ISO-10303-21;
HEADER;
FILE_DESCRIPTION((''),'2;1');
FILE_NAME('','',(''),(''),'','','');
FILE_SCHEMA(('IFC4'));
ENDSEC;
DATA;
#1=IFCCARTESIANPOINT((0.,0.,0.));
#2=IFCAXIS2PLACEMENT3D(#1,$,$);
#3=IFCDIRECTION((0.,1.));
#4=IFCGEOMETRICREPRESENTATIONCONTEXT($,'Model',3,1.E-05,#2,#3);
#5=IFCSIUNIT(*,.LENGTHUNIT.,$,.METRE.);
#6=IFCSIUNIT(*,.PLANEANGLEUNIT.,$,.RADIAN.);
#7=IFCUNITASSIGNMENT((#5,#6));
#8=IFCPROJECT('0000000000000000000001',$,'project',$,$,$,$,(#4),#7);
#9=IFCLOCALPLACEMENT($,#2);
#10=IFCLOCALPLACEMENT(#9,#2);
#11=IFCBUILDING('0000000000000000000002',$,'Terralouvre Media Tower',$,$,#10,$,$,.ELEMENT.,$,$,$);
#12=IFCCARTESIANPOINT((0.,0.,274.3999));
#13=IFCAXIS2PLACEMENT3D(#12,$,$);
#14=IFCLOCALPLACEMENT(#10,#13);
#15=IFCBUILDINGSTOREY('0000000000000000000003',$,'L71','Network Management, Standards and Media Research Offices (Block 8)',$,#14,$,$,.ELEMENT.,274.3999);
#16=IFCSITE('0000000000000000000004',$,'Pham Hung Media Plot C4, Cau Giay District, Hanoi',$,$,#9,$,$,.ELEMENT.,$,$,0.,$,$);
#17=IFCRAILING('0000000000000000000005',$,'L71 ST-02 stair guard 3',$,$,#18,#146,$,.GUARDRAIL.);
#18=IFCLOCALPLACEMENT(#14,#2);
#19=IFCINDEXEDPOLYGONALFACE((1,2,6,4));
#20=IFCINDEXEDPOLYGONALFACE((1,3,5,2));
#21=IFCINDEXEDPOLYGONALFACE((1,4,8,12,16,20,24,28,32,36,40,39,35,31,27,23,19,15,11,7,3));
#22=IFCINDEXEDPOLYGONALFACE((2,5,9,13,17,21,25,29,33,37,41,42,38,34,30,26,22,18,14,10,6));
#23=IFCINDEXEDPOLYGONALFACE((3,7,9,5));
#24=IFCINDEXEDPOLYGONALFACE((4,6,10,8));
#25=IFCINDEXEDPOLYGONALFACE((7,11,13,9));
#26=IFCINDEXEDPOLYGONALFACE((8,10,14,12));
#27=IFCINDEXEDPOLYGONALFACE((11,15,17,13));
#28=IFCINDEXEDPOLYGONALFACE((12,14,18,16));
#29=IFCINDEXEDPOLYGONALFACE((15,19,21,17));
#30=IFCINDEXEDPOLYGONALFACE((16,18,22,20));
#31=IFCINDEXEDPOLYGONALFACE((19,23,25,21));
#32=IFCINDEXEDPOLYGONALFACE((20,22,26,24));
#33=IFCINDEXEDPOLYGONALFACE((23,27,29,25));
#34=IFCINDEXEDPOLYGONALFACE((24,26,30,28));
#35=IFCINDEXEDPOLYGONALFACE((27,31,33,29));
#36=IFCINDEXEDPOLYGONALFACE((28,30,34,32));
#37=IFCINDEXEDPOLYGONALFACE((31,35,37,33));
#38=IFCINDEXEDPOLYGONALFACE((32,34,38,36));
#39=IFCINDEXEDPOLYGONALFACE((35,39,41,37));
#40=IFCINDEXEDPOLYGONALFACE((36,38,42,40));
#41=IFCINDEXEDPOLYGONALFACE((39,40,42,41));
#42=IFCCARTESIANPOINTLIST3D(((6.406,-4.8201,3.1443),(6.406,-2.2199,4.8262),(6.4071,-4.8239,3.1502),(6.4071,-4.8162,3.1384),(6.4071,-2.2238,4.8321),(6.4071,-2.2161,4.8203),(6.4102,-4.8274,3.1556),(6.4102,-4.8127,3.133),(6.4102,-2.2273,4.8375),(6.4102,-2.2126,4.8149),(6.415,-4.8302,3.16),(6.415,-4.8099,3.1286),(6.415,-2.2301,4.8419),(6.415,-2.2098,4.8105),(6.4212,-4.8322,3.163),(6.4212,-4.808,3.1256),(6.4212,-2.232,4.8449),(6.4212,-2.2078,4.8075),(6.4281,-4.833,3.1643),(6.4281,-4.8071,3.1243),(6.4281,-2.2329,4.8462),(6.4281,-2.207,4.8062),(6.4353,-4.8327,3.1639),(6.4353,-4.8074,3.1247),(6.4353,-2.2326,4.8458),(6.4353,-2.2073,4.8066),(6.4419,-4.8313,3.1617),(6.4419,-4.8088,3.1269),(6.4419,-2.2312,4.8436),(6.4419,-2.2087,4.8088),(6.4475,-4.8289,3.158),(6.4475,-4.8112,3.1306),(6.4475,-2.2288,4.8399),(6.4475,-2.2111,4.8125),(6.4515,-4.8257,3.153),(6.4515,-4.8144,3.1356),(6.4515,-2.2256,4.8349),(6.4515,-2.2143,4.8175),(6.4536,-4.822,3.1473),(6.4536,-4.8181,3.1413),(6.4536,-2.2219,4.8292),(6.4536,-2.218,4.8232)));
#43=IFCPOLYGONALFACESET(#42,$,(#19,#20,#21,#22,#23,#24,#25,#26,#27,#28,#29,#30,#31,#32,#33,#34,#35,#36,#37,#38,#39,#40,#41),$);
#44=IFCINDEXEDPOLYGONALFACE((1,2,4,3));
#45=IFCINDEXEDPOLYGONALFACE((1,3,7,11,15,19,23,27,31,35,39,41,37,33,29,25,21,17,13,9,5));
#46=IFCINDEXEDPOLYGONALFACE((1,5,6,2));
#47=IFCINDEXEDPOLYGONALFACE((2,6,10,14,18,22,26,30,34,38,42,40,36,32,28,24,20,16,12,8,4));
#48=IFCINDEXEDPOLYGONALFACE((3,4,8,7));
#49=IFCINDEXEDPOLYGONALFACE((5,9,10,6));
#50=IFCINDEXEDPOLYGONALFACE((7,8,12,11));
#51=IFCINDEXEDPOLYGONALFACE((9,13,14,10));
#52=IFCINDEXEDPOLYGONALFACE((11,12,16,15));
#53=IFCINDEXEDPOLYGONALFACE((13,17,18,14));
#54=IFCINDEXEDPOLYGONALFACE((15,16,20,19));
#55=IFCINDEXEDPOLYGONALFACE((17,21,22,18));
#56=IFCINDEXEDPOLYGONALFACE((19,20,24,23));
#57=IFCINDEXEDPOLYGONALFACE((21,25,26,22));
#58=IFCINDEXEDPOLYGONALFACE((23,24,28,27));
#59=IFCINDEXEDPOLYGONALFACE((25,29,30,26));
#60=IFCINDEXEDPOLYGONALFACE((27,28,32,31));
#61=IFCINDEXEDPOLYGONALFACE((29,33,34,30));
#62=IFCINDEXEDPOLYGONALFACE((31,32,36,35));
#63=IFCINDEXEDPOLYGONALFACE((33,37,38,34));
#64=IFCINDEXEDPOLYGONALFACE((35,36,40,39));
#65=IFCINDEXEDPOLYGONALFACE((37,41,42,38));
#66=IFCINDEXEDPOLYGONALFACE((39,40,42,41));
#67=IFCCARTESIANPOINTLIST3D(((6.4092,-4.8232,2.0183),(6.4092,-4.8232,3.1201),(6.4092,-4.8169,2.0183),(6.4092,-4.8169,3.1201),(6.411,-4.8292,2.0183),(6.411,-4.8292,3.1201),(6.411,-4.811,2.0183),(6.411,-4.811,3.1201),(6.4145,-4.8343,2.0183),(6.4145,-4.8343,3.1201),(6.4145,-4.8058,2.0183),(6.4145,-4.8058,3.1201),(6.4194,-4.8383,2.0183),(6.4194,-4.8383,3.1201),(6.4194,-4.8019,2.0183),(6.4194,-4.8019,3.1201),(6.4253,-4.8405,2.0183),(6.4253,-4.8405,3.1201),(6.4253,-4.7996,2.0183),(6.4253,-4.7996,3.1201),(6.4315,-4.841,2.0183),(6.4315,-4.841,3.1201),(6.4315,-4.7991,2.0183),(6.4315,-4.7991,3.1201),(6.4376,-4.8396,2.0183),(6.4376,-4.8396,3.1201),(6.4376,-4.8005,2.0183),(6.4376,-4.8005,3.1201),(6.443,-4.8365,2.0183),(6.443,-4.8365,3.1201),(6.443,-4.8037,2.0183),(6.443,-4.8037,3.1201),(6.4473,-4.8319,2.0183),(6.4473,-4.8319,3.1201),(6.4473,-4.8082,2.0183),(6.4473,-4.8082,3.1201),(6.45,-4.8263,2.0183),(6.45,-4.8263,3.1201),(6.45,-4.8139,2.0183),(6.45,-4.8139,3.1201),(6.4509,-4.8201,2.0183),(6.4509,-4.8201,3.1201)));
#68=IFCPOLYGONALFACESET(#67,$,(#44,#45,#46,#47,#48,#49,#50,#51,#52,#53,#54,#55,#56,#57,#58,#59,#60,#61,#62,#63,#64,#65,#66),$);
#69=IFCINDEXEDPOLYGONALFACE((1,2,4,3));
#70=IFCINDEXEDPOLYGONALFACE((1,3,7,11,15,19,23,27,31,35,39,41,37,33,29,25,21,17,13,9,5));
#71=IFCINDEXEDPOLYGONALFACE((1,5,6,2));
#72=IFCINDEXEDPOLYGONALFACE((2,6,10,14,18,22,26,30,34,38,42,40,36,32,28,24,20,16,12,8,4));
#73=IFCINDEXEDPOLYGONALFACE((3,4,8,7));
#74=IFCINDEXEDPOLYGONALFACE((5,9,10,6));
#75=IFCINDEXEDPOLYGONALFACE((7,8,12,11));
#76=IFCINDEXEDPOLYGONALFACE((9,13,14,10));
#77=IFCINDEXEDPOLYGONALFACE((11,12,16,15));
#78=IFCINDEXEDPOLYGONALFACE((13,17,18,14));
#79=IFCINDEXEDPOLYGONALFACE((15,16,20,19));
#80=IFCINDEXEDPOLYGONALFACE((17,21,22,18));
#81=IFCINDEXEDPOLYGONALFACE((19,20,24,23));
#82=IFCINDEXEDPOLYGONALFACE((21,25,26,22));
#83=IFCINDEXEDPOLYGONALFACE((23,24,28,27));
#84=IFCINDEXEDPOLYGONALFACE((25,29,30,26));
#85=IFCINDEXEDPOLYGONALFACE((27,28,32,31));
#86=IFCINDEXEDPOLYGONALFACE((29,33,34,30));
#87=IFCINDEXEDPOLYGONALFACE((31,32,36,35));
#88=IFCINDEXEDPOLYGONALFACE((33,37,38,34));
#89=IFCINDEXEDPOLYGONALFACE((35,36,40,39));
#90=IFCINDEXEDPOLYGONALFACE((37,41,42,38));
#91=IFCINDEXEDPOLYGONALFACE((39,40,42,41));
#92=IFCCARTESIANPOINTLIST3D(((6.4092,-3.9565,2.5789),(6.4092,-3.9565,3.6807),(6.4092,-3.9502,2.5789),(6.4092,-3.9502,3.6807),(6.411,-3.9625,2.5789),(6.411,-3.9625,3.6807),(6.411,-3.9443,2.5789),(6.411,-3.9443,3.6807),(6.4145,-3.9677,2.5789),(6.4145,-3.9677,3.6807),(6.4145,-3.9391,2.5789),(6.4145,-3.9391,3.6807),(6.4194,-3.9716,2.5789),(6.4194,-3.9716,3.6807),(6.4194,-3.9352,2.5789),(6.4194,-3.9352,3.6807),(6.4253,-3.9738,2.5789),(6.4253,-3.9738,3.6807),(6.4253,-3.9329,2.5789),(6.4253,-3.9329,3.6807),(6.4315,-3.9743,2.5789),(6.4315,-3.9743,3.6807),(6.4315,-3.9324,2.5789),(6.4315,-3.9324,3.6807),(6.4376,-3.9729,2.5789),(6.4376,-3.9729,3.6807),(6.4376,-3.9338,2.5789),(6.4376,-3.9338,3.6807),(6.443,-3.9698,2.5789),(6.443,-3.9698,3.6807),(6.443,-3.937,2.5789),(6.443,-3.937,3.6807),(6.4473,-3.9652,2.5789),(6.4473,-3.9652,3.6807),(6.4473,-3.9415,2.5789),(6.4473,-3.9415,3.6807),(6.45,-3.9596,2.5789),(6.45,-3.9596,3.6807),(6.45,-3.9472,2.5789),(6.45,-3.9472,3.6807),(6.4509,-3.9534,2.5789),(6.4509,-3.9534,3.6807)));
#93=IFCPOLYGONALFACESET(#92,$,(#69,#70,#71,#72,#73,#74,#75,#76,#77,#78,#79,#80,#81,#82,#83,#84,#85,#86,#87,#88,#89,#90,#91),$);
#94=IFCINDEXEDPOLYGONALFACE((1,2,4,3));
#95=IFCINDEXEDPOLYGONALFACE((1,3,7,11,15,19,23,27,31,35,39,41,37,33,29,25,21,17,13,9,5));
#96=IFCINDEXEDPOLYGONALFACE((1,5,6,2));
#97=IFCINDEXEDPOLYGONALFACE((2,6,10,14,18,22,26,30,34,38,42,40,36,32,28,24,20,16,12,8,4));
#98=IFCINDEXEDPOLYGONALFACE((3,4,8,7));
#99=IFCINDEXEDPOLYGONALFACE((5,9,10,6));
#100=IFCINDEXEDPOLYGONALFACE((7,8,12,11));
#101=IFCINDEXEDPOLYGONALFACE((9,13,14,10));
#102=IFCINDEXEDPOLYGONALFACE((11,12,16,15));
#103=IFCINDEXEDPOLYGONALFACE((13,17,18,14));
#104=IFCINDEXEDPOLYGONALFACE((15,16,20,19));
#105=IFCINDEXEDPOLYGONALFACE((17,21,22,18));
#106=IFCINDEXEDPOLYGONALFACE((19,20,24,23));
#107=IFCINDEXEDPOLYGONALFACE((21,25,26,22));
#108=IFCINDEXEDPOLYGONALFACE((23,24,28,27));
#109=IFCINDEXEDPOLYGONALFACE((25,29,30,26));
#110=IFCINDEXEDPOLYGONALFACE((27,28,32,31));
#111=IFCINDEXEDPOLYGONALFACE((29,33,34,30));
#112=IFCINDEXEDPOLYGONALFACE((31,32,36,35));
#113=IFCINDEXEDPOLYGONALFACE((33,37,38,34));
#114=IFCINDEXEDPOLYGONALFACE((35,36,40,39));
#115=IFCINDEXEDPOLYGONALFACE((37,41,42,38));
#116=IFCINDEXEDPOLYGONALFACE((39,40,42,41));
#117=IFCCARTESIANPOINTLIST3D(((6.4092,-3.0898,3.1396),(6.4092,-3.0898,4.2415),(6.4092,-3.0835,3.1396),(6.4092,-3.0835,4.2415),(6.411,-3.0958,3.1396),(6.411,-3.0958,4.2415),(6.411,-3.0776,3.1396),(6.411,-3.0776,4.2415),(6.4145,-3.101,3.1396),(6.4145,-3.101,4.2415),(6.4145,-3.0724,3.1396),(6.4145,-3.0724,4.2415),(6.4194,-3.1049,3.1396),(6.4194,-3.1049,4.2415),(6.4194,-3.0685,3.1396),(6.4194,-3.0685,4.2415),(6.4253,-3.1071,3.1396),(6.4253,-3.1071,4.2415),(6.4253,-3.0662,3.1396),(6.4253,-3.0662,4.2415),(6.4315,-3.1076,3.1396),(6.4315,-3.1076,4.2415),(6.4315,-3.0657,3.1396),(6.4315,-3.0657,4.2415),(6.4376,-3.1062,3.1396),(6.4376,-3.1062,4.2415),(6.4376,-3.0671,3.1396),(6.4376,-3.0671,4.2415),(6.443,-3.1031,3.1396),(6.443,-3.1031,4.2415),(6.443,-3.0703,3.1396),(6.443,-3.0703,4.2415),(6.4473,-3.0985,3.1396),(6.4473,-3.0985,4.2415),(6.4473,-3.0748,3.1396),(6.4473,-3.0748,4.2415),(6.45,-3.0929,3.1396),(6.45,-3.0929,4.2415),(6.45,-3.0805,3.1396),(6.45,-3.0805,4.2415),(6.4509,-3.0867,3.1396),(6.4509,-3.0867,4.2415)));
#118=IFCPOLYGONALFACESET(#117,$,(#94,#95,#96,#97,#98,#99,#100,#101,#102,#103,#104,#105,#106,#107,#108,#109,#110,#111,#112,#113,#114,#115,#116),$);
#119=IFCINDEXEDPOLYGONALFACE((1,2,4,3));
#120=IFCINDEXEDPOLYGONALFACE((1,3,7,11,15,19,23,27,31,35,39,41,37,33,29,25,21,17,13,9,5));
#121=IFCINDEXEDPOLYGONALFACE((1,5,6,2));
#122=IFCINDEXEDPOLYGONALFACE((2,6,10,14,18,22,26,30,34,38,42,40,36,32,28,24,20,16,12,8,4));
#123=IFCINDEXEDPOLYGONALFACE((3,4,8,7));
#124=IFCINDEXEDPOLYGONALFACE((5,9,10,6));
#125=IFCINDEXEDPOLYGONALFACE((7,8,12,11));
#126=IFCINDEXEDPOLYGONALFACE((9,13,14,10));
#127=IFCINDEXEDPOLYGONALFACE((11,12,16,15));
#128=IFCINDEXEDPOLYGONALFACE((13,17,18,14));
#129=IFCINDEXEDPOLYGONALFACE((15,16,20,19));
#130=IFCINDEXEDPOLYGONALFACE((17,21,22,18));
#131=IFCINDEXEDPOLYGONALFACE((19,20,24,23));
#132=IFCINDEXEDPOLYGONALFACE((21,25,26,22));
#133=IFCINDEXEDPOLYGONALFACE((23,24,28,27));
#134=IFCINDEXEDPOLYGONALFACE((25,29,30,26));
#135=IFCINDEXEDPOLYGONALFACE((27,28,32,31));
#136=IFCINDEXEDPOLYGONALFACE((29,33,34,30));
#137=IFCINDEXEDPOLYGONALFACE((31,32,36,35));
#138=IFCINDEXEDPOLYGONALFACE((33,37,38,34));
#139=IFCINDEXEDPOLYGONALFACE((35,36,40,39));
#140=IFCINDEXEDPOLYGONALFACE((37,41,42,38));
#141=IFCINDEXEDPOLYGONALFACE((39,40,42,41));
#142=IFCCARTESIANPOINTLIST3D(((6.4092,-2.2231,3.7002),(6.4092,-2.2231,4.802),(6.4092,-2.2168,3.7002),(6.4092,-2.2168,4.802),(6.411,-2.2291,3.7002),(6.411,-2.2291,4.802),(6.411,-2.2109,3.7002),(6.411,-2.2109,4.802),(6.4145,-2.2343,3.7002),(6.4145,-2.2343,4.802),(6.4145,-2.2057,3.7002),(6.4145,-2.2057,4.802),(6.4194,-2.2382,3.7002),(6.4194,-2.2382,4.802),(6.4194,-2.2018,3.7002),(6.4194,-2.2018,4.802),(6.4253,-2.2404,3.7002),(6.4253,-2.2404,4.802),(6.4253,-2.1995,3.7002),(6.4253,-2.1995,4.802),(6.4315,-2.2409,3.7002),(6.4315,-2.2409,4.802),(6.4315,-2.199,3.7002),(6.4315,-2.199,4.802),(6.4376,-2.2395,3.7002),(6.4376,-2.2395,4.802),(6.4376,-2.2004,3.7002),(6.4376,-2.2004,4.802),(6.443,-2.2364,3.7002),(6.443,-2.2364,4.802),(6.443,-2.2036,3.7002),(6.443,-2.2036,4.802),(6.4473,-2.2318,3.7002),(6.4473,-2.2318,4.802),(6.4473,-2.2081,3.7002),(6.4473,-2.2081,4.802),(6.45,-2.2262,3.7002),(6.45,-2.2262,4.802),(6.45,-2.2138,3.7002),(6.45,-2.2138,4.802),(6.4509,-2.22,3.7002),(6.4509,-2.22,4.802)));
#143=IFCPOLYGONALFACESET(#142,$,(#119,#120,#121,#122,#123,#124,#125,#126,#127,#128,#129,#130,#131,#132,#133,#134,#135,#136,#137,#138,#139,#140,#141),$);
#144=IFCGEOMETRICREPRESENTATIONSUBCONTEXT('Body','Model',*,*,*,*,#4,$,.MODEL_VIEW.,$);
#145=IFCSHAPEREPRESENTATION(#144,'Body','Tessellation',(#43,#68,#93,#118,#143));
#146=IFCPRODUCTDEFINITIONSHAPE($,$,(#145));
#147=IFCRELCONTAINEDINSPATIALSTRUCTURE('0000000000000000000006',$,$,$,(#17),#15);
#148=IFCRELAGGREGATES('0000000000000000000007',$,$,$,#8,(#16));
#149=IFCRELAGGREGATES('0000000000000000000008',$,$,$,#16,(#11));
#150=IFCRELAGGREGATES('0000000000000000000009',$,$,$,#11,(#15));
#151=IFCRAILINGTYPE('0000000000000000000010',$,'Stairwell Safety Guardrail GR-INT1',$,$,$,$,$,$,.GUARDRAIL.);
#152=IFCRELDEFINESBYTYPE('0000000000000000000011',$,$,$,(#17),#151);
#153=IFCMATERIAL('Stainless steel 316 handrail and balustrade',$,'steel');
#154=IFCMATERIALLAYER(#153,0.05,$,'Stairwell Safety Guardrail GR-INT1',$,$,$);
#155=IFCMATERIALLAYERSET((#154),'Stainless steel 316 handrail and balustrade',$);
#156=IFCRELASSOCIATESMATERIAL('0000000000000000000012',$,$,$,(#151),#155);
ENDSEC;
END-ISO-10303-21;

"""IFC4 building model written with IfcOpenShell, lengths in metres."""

from ifc_helpers import new_model, si_unit, direction, frame, origin, origin_2d, place, context, subcontext, project, spatial, circle, extrude, material, layer, layer_set, type_object, element, save


model = new_model("IFC4")

# Units and contexts
model_context = context("Model", 3, precision=1e-05, world=origin(), true_north=direction((0.0, 1.0)))
body_context = subcontext(model_context, "Body", "Model", "MODEL_VIEW")
ifc_project = project(units=[si_unit("LENGTHUNIT", "METRE"), si_unit("PLANEANGLEUNIT", "RADIAN")], contexts=[model_context])

# Site, building, storey
site_placement = place(None, origin())
site = spatial("IfcSite", under=ifc_project, at=site_placement, Name="Pham Hung Media Plot C4, Cau Giay District, Hanoi", CompositionType="ELEMENT", RefElevation=0.0)
building_placement = place(site_placement, origin())
building = spatial("IfcBuilding", under=site, at=building_placement, Name="Terralouvre Media Tower", CompositionType="ELEMENT")
storey_placement = place(building_placement, frame((0.0, 0.0, 274.3999)))
storey = spatial("IfcBuildingStorey", under=building, at=storey_placement, Name="L71", Description="Network Management, Standards and Media Research Offices (Block 8)", CompositionType="ELEMENT", Elevation=274.3999)

# Railing
ifc_material_1 = material(Name="Stainless steel 316 handrail and balustrade", Category="steel")
ifc_layer_1 = layer(ifc_material_1, 0.05, Name="Stairwell Safety Guardrail GR-INT1")
ifc_layer_set_1 = layer_set([ifc_layer_1], Name="Stainless steel 316 handrail and balustrade")
railing_type_1 = type_object("IfcRailingType", Name="Stairwell Safety Guardrail GR-INT1", PredefinedType="GUARDRAIL", material=ifc_layer_set_1)
railing_1_placement = place(storey_placement, frame((6.4299, -4.8201, 2.0183)))
element("IfcRailing", 1, at=railing_1_placement, inside=storey, type_object=railing_type_1, Name="L71 ST-02 stair guard 3", PredefinedType="GUARDRAIL", context=body_context, shape_type="SweptSolid", body=[
    extrude(circle(Radius=0.0239, at=origin_2d()), frame((0.0, 0.0, 1.126), z_axis=(0.0, 0.839648, 0.54313), x_axis=(-1.0, 0.0, 0.0)), (0.0, 0.0, 1.0), 3.0967),
    extrude(circle(Radius=0.021, at=origin_2d()), origin(), (0.0, 0.0, 1.0), 1.1018),
    extrude(circle(Radius=0.021, at=origin_2d()), frame((0.0, 0.8667, 0.5605)), (0.0, 0.0, 1.0), 1.1018),
    extrude(circle(Radius=0.021, at=origin_2d()), frame((0.0, 1.7334, 1.1213)), (0.0, 0.0, 1.0), 1.1018),
    extrude(circle(Radius=0.021, at=origin_2d()), frame((0.0, 2.6001, 1.6819)), (0.0, 0.0, 1.0), 1.1018),
])

save(model, "model.ifc")
